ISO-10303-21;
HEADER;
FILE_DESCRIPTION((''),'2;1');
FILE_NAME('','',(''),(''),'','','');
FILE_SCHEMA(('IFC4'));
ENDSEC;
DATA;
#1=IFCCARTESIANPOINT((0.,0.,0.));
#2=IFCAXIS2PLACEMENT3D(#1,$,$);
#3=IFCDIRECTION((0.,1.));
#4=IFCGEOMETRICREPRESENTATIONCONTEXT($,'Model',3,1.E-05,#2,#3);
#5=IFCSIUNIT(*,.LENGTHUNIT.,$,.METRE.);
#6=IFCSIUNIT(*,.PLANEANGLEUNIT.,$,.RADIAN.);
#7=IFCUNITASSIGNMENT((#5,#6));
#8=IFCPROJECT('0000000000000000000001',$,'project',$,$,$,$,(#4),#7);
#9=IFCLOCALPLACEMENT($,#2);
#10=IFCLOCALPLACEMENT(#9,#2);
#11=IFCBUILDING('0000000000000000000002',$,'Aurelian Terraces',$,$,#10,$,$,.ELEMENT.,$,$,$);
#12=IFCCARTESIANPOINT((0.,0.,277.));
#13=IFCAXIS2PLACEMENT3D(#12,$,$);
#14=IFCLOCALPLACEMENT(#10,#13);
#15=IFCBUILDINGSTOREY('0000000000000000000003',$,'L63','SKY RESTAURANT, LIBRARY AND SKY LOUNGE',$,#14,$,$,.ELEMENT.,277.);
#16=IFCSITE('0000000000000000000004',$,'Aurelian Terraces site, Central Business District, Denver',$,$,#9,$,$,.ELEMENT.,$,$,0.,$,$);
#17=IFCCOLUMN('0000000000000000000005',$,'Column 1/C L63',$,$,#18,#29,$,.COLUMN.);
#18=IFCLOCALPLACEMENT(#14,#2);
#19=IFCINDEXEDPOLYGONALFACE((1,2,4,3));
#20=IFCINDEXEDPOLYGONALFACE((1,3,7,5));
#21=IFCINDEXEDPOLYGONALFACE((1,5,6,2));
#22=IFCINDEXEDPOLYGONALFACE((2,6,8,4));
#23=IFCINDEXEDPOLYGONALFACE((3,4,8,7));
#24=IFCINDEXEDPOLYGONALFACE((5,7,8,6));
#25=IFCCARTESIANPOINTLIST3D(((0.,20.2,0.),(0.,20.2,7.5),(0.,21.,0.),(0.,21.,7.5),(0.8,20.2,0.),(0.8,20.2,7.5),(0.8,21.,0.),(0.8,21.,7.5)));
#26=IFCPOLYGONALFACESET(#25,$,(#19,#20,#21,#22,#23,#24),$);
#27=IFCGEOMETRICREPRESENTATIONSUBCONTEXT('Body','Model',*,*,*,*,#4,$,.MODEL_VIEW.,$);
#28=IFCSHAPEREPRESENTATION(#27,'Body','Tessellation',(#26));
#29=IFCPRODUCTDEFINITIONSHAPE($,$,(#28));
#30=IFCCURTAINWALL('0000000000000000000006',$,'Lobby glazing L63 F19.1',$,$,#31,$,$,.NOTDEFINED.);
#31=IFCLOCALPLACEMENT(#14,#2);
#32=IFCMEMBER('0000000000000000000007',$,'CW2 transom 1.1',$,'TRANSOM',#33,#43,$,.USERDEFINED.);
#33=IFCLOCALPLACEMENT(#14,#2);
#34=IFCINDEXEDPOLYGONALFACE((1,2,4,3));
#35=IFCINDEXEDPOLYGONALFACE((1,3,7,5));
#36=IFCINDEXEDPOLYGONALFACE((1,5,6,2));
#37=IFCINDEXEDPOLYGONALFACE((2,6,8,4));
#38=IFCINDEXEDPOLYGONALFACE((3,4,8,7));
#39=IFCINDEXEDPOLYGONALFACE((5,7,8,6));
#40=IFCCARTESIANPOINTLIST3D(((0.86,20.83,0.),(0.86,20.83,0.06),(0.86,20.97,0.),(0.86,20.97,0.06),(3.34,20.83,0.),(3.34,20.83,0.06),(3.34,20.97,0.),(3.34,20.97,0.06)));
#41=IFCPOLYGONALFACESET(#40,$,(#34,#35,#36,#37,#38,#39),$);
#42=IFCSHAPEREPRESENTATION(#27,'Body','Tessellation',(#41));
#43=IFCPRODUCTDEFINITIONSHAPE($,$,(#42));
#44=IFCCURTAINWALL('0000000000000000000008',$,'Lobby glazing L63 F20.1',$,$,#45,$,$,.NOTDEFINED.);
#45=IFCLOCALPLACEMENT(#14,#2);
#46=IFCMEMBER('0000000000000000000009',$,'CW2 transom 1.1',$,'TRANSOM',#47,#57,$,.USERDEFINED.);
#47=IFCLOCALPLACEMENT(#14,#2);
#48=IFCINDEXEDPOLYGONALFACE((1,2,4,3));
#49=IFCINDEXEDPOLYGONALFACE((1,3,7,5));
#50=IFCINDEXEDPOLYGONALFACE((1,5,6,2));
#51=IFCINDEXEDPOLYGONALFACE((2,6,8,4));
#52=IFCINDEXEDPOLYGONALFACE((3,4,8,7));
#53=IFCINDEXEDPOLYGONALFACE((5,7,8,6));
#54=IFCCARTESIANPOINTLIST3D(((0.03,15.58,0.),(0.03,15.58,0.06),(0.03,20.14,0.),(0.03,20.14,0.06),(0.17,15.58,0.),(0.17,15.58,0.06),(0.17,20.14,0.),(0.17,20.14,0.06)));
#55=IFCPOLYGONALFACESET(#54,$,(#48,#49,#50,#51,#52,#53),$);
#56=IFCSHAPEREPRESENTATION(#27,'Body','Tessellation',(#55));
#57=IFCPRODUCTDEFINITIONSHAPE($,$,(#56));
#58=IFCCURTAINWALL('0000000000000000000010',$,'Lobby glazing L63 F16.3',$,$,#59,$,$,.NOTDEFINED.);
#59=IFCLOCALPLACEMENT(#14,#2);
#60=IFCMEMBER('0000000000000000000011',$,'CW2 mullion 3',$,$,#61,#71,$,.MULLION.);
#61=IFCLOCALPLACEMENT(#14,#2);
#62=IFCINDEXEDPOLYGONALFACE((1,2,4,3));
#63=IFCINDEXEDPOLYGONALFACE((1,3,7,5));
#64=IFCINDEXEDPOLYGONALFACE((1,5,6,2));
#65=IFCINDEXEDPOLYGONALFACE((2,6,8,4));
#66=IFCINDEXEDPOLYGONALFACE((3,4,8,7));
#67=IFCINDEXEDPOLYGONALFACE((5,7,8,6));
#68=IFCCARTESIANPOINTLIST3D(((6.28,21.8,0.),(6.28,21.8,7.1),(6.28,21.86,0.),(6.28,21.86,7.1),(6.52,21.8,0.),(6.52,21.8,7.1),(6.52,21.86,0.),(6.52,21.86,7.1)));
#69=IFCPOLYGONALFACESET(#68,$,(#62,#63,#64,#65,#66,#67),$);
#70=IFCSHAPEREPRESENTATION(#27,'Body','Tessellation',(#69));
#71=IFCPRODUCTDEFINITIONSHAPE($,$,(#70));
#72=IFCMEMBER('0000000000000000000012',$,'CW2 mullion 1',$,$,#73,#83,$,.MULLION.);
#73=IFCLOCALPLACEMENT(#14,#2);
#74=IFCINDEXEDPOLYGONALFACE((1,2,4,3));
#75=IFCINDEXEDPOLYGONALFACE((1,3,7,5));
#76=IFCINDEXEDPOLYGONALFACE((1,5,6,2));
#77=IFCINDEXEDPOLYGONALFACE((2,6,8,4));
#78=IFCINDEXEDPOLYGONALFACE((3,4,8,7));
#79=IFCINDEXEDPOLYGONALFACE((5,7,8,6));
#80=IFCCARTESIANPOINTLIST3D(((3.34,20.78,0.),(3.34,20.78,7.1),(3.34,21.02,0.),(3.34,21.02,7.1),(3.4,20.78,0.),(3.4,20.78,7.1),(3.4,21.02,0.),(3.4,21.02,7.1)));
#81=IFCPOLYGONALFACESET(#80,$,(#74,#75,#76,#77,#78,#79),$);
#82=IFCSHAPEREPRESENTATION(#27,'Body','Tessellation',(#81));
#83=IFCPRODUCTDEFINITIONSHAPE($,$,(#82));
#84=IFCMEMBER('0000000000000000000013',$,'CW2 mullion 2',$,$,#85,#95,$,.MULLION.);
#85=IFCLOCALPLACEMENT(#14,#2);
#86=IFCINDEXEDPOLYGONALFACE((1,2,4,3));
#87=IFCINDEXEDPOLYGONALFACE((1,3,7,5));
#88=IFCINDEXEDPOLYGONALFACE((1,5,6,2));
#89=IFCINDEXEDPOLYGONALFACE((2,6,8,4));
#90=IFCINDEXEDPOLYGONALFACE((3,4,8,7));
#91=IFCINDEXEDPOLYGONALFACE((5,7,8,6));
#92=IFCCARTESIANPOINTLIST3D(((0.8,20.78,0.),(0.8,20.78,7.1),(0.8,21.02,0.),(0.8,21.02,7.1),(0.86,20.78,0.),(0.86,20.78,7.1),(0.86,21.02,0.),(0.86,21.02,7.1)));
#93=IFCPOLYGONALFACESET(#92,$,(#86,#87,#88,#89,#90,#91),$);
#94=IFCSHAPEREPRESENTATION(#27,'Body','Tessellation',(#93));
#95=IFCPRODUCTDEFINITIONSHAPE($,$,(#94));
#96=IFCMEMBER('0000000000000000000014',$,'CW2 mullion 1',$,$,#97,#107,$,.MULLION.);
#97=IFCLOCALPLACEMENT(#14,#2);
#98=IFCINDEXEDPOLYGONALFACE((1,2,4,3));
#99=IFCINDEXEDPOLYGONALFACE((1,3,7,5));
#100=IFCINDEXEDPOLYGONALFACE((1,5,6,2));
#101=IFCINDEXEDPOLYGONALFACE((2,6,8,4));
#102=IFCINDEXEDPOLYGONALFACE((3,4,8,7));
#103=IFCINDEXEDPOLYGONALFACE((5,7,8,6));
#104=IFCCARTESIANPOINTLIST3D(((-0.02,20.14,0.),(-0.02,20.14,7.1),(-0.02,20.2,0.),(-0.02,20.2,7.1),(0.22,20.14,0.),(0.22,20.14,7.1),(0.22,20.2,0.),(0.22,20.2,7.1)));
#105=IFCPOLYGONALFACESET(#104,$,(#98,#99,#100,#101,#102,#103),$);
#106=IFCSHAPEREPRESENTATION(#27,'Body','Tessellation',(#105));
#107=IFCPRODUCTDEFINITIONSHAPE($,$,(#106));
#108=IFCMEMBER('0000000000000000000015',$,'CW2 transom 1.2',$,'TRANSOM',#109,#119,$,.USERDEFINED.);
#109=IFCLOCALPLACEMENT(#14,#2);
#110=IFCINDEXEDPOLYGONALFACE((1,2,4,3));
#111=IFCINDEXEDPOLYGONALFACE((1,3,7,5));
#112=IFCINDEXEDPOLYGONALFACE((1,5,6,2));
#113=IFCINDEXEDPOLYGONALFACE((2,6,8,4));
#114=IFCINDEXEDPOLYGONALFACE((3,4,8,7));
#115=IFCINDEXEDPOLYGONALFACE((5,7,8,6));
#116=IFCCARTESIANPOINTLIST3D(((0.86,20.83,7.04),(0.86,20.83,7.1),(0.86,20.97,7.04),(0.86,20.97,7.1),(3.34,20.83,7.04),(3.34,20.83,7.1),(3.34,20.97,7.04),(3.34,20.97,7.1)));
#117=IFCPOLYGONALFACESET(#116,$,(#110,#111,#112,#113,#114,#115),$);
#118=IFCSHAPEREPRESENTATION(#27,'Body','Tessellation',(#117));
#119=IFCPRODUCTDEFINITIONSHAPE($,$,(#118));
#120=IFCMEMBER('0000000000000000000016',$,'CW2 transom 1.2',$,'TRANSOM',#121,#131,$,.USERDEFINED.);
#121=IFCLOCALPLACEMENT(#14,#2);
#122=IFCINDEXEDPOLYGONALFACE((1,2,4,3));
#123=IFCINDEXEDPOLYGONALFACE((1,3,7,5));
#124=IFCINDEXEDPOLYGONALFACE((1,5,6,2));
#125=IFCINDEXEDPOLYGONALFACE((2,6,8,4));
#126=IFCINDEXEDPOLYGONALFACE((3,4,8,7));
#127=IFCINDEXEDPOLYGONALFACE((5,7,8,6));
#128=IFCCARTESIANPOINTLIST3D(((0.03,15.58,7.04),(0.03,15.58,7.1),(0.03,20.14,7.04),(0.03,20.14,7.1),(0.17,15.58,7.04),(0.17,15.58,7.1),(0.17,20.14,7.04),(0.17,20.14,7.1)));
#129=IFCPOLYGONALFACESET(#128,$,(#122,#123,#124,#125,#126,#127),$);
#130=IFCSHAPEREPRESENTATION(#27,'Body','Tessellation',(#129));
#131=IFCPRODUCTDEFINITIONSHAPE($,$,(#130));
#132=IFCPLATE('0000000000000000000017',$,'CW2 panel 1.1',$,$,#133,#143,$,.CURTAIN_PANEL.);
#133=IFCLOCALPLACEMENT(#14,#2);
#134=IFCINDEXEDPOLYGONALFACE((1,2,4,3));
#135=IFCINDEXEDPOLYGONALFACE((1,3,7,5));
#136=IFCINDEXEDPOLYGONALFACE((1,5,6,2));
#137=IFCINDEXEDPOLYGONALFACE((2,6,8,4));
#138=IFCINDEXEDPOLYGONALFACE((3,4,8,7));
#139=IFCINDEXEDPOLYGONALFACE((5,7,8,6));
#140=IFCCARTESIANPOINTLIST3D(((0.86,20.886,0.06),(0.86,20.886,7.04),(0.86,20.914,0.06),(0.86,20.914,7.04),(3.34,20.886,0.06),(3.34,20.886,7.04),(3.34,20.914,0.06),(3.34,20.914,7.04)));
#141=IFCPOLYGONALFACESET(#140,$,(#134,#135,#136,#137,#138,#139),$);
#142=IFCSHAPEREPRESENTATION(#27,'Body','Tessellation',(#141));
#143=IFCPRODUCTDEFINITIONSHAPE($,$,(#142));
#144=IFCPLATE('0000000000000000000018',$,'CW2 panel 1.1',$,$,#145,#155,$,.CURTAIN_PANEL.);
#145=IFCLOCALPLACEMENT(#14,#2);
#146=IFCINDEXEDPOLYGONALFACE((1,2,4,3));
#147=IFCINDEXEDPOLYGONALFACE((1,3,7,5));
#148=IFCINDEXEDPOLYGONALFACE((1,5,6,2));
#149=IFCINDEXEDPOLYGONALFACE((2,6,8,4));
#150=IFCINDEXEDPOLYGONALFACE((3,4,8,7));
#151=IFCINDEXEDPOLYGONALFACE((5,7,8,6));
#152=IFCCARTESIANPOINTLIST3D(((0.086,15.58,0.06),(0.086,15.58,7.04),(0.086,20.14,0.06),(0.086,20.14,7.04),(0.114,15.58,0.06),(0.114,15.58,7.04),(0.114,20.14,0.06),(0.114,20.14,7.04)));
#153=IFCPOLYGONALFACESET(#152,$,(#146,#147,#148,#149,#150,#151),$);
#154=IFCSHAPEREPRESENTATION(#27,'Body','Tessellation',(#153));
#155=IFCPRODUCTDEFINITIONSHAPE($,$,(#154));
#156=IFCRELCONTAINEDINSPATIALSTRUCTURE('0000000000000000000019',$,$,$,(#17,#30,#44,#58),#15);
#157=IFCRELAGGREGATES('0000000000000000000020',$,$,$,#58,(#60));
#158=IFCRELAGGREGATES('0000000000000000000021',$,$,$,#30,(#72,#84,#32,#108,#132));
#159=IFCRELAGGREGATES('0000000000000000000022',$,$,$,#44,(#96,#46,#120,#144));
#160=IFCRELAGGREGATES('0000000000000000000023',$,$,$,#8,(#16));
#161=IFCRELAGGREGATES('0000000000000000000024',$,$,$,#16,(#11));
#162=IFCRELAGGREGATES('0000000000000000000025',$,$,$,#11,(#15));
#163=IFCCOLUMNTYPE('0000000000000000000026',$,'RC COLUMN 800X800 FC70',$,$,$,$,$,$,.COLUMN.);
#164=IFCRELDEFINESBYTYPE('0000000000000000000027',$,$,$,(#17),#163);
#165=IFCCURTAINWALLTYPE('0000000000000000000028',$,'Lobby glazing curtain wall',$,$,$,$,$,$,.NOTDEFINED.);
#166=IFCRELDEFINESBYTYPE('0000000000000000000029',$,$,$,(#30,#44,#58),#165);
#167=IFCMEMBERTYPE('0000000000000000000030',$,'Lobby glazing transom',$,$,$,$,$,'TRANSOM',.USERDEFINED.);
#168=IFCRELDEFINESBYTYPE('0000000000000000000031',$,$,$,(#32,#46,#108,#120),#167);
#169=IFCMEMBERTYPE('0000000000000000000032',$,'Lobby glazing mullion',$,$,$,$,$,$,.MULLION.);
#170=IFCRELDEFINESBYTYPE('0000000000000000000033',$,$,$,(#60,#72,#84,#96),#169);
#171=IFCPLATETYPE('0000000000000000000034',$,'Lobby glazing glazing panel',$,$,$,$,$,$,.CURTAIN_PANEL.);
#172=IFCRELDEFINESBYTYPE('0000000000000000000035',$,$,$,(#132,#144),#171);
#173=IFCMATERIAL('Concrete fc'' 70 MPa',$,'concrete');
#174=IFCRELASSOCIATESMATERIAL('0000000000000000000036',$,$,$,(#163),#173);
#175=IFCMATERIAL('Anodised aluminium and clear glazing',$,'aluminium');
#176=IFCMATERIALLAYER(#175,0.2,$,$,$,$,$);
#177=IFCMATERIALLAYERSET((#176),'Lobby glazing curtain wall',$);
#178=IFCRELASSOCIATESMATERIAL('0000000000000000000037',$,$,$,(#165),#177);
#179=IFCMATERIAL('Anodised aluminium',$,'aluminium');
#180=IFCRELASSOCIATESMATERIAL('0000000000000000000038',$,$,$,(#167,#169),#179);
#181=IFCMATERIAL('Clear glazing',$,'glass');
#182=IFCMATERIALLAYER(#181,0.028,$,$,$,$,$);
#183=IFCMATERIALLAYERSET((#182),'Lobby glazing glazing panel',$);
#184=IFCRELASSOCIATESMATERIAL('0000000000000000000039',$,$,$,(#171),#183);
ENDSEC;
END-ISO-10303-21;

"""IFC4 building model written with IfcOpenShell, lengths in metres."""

from ifc_helpers import new_model, si_unit, direction, frame, origin, origin_2d, place, context, subcontext, project, spatial, rectangle, extrude, source, transform, mapped, material, layer, layer_set, material_profile, profile_set, type_object, element, aggregate, save


model = new_model("IFC4")

# Units and contexts
model_context = context("Model", 3, precision=1e-05, world=origin(), true_north=direction((0.0, 1.0)))
body_context = subcontext(model_context, "Body", "Model", "MODEL_VIEW")
ifc_project = project(units=[si_unit("LENGTHUNIT", "METRE"), si_unit("PLANEANGLEUNIT", "RADIAN")], contexts=[model_context])

# Site, building, storey
site_placement = place(None, origin())
site = spatial("IfcSite", under=ifc_project, at=site_placement, Name="Aurelian Terraces site, Central Business District, Denver", CompositionType="ELEMENT", RefElevation=0.0)
building_placement = place(site_placement, origin())
building = spatial("IfcBuilding", under=site, at=building_placement, Name="Aurelian Terraces", CompositionType="ELEMENT")
storey_placement = place(building_placement, frame((0.0, 0.0, 277.0)))
storey = spatial("IfcBuildingStorey", under=building, at=storey_placement, Name="L63", Description="SKY RESTAURANT, LIBRARY AND SKY LOUNGE", CompositionType="ELEMENT", Elevation=277.0)

# Column
ifc_material_1 = material(Name="Concrete fc' 70 MPa", Category="concrete")
ifc_material_profile_1 = material_profile(ifc_material_1, rectangle(XDim=0.8, YDim=0.8, at=origin_2d()))
ifc_profile_set_1 = profile_set([ifc_material_profile_1], Name="Concrete fc' 70 MPa")
column_type = type_object("IfcColumnType", Name="RC COLUMN 800X800 FC70", PredefinedType="COLUMN", material=ifc_profile_set_1)
shared_shape_1 = source(origin(), body_context, "Body", "SweptSolid", [
    extrude(rectangle(XDim=0.8, YDim=0.8, at=origin_2d()), origin(), (0.0, 0.0, 1.0), 7.5),
])
column_placement = place(storey_placement, frame((0.4, 20.6, 0.0), z_axis=(0.0, 0.0, 1.0), x_axis=(1.0, 0.0, 0.0)))
element("IfcColumn", 1, at=column_placement, inside=storey, type_object=column_type, Name="Column 1/C L63", PredefinedType="COLUMN", context=body_context, shape_type="MappedRepresentation", body=[
    mapped(shared_shape_1, transform((0.0, 0.0, 0.0), scale=1.0)),
])

# Curtain walls, members
ifc_material_2 = material(Name="Anodised aluminium and clear glazing", Category="aluminium")
ifc_layer_1 = layer(ifc_material_2, 0.2)
ifc_layer_set_1 = layer_set([ifc_layer_1], Name="Lobby glazing curtain wall")
curtain_wall_type = type_object("IfcCurtainWallType", Name="Lobby glazing curtain wall", PredefinedType="NOTDEFINED", material=ifc_layer_set_1)
curtain_wall_1_placement = place(storey_placement, origin())
curtain_wall_1 = element("IfcCurtainWall", 2, at=curtain_wall_1_placement, inside=storey, type_object=curtain_wall_type, Name="Lobby glazing L63 F19.1", PredefinedType="NOTDEFINED")
ifc_material_3 = material(Name="Anodised aluminium", Category="aluminium")
ifc_material_profile_2 = material_profile(ifc_material_3, rectangle(XDim=0.14, YDim=0.06, at=origin_2d()))
ifc_profile_set_2 = profile_set([ifc_material_profile_2], Name="Anodised aluminium")
member_type_1 = type_object("IfcMemberType", Name="Lobby glazing transom", ElementType="TRANSOM", PredefinedType="USERDEFINED", material=ifc_profile_set_2)
member_1_placement = place(storey_placement, frame((3.34, 20.9, 0.03), z_axis=(-1.0, 0.0, 0.0), x_axis=(0.0, -1.0, 0.0)))
member_1 = element("IfcMember", 3, at=member_1_placement, type_object=member_type_1, Name="CW2 transom 1.1", ObjectType="TRANSOM", PredefinedType="USERDEFINED", context=body_context, shape_type="SweptSolid", body=[
    extrude(rectangle(XDim=0.14, YDim=0.06, at=origin_2d()), origin(), (0.0, 0.0, 1.0), 2.48),
])
curtain_wall_2_placement = place(storey_placement, origin())
curtain_wall_2 = element("IfcCurtainWall", 4, at=curtain_wall_2_placement, inside=storey, type_object=curtain_wall_type, Name="Lobby glazing L63 F20.1", PredefinedType="NOTDEFINED")
member_2_placement = place(storey_placement, frame((0.1, 20.14, 0.03), z_axis=(0.0, -1.0, 0.0), x_axis=(1.0, 0.0, 0.0)))
member_2 = element("IfcMember", 5, at=member_2_placement, type_object=member_type_1, Name="CW2 transom 1.1", ObjectType="TRANSOM", PredefinedType="USERDEFINED", context=body_context, shape_type="SweptSolid", body=[
    extrude(rectangle(XDim=0.14, YDim=0.06, at=origin_2d()), origin(), (0.0, 0.0, 1.0), 4.56),
])
curtain_wall_3_placement = place(storey_placement, origin())
curtain_wall_3 = element("IfcCurtainWall", 6, at=curtain_wall_3_placement, inside=storey, type_object=curtain_wall_type, Name="Lobby glazing L63 F16.3", PredefinedType="NOTDEFINED")
ifc_material_profile_3 = material_profile(ifc_material_3, rectangle(XDim=0.24, YDim=0.06, at=origin_2d()))
ifc_profile_set_3 = profile_set([ifc_material_profile_3], Name="Anodised aluminium")
member_type_2 = type_object("IfcMemberType", Name="Lobby glazing mullion", PredefinedType="MULLION", material=ifc_profile_set_3)
shared_shape_2 = source(origin(), body_context, "Body", "SweptSolid", [
    extrude(rectangle(XDim=0.24, YDim=0.06, at=origin_2d()), origin(), (0.0, 0.0, 1.0), 7.1),
])
member_3_placement = place(storey_placement, frame((6.4, 21.83, 0.0), z_axis=(0.0, 0.0, 1.0), x_axis=(1.0, 0.0, 0.0)))
member_3 = element("IfcMember", 7, at=member_3_placement, type_object=member_type_2, Name="CW2 mullion 3", PredefinedType="MULLION", context=body_context, shape_type="MappedRepresentation", body=[
    mapped(shared_shape_2, transform((0.0, 0.0, 0.0), scale=1.0)),
])
aggregate(curtain_wall_3, [member_3])

# Members
member_4_placement = place(storey_placement, frame((3.37, 20.9, 0.0), z_axis=(0.0, 0.0, 1.0), x_axis=(0.0, -1.0, 0.0)))
member_4 = element("IfcMember", 8, at=member_4_placement, type_object=member_type_2, Name="CW2 mullion 1", PredefinedType="MULLION", context=body_context, shape_type="MappedRepresentation", body=[
    mapped(shared_shape_2, transform((0.0, 0.0, 0.0), scale=1.0)),
])
member_5_placement = place(storey_placement, frame((0.83, 20.9, 0.0), z_axis=(0.0, 0.0, 1.0), x_axis=(0.0, -1.0, 0.0)))
member_5 = element("IfcMember", 9, at=member_5_placement, type_object=member_type_2, Name="CW2 mullion 2", PredefinedType="MULLION", context=body_context, shape_type="MappedRepresentation", body=[
    mapped(shared_shape_2, transform((0.0, 0.0, 0.0), scale=1.0)),
])
member_6_placement = place(storey_placement, frame((0.1, 20.17, 0.0), z_axis=(0.0, 0.0, 1.0), x_axis=(1.0, 0.0, 0.0)))
member_6 = element("IfcMember", 10, at=member_6_placement, type_object=member_type_2, Name="CW2 mullion 1", PredefinedType="MULLION", context=body_context, shape_type="MappedRepresentation", body=[
    mapped(shared_shape_2, transform((0.0, 0.0, 0.0), scale=1.0)),
])
shared_shape_3 = source(origin(), body_context, "Body", "SweptSolid", [
    extrude(rectangle(XDim=0.14, YDim=0.06, at=origin_2d()), origin(), (0.0, 0.0, 1.0), 2.48),
])
member_7_placement = place(storey_placement, frame((3.34, 20.9, 7.07), z_axis=(-1.0, 0.0, 0.0), x_axis=(0.0, -1.0, 0.0)))
member_7 = element("IfcMember", 11, at=member_7_placement, type_object=member_type_1, Name="CW2 transom 1.2", ObjectType="TRANSOM", PredefinedType="USERDEFINED", context=body_context, shape_type="MappedRepresentation", body=[
    mapped(shared_shape_3, transform((0.0, 0.0, 0.0), scale=1.0)),
])
shared_shape_4 = source(origin(), body_context, "Body", "SweptSolid", [
    extrude(rectangle(XDim=0.14, YDim=0.06, at=origin_2d()), origin(), (0.0, 0.0, 1.0), 4.56),
])
member_8_placement = place(storey_placement, frame((0.1, 20.14, 7.07), z_axis=(0.0, -1.0, 0.0), x_axis=(1.0, 0.0, 0.0)))
member_8 = element("IfcMember", 12, at=member_8_placement, type_object=member_type_1, Name="CW2 transom 1.2", ObjectType="TRANSOM", PredefinedType="USERDEFINED", context=body_context, shape_type="MappedRepresentation", body=[
    mapped(shared_shape_4, transform((0.0, 0.0, 0.0), scale=1.0)),
])

# Plates
ifc_material_4 = material(Name="Clear glazing", Category="glass")
ifc_layer_2 = layer(ifc_material_4, 0.028)
ifc_layer_set_2 = layer_set([ifc_layer_2], Name="Lobby glazing glazing panel")
plate_type = type_object("IfcPlateType", Name="Lobby glazing glazing panel", PredefinedType="CURTAIN_PANEL", material=ifc_layer_set_2)
plate_1_placement = place(storey_placement, frame((2.1, 20.9, 0.06), z_axis=(0.0, 0.0, 1.0), x_axis=(-1.0, 0.0, 0.0)))
plate_1 = element("IfcPlate", 13, at=plate_1_placement, type_object=plate_type, Name="CW2 panel 1.1", PredefinedType="CURTAIN_PANEL", context=body_context, shape_type="SweptSolid", body=[
    extrude(rectangle(XDim=2.48, YDim=0.028, at=origin_2d()), origin(), (0.0, 0.0, 1.0), 6.98),
])
aggregate(curtain_wall_1, [member_4, member_5, member_1, member_7, plate_1])
plate_2_placement = place(storey_placement, frame((0.1, 17.86, 0.06), z_axis=(0.0, 0.0, 1.0), x_axis=(0.0, -1.0, 0.0)))
plate_2 = element("IfcPlate", 14, at=plate_2_placement, type_object=plate_type, Name="CW2 panel 1.1", PredefinedType="CURTAIN_PANEL", context=body_context, shape_type="SweptSolid", body=[
    extrude(rectangle(XDim=4.56, YDim=0.028, at=origin_2d()), origin(), (0.0, 0.0, 1.0), 6.98),
])
aggregate(curtain_wall_2, [member_6, member_2, member_8, plate_2])

save(model, "model.ifc")
